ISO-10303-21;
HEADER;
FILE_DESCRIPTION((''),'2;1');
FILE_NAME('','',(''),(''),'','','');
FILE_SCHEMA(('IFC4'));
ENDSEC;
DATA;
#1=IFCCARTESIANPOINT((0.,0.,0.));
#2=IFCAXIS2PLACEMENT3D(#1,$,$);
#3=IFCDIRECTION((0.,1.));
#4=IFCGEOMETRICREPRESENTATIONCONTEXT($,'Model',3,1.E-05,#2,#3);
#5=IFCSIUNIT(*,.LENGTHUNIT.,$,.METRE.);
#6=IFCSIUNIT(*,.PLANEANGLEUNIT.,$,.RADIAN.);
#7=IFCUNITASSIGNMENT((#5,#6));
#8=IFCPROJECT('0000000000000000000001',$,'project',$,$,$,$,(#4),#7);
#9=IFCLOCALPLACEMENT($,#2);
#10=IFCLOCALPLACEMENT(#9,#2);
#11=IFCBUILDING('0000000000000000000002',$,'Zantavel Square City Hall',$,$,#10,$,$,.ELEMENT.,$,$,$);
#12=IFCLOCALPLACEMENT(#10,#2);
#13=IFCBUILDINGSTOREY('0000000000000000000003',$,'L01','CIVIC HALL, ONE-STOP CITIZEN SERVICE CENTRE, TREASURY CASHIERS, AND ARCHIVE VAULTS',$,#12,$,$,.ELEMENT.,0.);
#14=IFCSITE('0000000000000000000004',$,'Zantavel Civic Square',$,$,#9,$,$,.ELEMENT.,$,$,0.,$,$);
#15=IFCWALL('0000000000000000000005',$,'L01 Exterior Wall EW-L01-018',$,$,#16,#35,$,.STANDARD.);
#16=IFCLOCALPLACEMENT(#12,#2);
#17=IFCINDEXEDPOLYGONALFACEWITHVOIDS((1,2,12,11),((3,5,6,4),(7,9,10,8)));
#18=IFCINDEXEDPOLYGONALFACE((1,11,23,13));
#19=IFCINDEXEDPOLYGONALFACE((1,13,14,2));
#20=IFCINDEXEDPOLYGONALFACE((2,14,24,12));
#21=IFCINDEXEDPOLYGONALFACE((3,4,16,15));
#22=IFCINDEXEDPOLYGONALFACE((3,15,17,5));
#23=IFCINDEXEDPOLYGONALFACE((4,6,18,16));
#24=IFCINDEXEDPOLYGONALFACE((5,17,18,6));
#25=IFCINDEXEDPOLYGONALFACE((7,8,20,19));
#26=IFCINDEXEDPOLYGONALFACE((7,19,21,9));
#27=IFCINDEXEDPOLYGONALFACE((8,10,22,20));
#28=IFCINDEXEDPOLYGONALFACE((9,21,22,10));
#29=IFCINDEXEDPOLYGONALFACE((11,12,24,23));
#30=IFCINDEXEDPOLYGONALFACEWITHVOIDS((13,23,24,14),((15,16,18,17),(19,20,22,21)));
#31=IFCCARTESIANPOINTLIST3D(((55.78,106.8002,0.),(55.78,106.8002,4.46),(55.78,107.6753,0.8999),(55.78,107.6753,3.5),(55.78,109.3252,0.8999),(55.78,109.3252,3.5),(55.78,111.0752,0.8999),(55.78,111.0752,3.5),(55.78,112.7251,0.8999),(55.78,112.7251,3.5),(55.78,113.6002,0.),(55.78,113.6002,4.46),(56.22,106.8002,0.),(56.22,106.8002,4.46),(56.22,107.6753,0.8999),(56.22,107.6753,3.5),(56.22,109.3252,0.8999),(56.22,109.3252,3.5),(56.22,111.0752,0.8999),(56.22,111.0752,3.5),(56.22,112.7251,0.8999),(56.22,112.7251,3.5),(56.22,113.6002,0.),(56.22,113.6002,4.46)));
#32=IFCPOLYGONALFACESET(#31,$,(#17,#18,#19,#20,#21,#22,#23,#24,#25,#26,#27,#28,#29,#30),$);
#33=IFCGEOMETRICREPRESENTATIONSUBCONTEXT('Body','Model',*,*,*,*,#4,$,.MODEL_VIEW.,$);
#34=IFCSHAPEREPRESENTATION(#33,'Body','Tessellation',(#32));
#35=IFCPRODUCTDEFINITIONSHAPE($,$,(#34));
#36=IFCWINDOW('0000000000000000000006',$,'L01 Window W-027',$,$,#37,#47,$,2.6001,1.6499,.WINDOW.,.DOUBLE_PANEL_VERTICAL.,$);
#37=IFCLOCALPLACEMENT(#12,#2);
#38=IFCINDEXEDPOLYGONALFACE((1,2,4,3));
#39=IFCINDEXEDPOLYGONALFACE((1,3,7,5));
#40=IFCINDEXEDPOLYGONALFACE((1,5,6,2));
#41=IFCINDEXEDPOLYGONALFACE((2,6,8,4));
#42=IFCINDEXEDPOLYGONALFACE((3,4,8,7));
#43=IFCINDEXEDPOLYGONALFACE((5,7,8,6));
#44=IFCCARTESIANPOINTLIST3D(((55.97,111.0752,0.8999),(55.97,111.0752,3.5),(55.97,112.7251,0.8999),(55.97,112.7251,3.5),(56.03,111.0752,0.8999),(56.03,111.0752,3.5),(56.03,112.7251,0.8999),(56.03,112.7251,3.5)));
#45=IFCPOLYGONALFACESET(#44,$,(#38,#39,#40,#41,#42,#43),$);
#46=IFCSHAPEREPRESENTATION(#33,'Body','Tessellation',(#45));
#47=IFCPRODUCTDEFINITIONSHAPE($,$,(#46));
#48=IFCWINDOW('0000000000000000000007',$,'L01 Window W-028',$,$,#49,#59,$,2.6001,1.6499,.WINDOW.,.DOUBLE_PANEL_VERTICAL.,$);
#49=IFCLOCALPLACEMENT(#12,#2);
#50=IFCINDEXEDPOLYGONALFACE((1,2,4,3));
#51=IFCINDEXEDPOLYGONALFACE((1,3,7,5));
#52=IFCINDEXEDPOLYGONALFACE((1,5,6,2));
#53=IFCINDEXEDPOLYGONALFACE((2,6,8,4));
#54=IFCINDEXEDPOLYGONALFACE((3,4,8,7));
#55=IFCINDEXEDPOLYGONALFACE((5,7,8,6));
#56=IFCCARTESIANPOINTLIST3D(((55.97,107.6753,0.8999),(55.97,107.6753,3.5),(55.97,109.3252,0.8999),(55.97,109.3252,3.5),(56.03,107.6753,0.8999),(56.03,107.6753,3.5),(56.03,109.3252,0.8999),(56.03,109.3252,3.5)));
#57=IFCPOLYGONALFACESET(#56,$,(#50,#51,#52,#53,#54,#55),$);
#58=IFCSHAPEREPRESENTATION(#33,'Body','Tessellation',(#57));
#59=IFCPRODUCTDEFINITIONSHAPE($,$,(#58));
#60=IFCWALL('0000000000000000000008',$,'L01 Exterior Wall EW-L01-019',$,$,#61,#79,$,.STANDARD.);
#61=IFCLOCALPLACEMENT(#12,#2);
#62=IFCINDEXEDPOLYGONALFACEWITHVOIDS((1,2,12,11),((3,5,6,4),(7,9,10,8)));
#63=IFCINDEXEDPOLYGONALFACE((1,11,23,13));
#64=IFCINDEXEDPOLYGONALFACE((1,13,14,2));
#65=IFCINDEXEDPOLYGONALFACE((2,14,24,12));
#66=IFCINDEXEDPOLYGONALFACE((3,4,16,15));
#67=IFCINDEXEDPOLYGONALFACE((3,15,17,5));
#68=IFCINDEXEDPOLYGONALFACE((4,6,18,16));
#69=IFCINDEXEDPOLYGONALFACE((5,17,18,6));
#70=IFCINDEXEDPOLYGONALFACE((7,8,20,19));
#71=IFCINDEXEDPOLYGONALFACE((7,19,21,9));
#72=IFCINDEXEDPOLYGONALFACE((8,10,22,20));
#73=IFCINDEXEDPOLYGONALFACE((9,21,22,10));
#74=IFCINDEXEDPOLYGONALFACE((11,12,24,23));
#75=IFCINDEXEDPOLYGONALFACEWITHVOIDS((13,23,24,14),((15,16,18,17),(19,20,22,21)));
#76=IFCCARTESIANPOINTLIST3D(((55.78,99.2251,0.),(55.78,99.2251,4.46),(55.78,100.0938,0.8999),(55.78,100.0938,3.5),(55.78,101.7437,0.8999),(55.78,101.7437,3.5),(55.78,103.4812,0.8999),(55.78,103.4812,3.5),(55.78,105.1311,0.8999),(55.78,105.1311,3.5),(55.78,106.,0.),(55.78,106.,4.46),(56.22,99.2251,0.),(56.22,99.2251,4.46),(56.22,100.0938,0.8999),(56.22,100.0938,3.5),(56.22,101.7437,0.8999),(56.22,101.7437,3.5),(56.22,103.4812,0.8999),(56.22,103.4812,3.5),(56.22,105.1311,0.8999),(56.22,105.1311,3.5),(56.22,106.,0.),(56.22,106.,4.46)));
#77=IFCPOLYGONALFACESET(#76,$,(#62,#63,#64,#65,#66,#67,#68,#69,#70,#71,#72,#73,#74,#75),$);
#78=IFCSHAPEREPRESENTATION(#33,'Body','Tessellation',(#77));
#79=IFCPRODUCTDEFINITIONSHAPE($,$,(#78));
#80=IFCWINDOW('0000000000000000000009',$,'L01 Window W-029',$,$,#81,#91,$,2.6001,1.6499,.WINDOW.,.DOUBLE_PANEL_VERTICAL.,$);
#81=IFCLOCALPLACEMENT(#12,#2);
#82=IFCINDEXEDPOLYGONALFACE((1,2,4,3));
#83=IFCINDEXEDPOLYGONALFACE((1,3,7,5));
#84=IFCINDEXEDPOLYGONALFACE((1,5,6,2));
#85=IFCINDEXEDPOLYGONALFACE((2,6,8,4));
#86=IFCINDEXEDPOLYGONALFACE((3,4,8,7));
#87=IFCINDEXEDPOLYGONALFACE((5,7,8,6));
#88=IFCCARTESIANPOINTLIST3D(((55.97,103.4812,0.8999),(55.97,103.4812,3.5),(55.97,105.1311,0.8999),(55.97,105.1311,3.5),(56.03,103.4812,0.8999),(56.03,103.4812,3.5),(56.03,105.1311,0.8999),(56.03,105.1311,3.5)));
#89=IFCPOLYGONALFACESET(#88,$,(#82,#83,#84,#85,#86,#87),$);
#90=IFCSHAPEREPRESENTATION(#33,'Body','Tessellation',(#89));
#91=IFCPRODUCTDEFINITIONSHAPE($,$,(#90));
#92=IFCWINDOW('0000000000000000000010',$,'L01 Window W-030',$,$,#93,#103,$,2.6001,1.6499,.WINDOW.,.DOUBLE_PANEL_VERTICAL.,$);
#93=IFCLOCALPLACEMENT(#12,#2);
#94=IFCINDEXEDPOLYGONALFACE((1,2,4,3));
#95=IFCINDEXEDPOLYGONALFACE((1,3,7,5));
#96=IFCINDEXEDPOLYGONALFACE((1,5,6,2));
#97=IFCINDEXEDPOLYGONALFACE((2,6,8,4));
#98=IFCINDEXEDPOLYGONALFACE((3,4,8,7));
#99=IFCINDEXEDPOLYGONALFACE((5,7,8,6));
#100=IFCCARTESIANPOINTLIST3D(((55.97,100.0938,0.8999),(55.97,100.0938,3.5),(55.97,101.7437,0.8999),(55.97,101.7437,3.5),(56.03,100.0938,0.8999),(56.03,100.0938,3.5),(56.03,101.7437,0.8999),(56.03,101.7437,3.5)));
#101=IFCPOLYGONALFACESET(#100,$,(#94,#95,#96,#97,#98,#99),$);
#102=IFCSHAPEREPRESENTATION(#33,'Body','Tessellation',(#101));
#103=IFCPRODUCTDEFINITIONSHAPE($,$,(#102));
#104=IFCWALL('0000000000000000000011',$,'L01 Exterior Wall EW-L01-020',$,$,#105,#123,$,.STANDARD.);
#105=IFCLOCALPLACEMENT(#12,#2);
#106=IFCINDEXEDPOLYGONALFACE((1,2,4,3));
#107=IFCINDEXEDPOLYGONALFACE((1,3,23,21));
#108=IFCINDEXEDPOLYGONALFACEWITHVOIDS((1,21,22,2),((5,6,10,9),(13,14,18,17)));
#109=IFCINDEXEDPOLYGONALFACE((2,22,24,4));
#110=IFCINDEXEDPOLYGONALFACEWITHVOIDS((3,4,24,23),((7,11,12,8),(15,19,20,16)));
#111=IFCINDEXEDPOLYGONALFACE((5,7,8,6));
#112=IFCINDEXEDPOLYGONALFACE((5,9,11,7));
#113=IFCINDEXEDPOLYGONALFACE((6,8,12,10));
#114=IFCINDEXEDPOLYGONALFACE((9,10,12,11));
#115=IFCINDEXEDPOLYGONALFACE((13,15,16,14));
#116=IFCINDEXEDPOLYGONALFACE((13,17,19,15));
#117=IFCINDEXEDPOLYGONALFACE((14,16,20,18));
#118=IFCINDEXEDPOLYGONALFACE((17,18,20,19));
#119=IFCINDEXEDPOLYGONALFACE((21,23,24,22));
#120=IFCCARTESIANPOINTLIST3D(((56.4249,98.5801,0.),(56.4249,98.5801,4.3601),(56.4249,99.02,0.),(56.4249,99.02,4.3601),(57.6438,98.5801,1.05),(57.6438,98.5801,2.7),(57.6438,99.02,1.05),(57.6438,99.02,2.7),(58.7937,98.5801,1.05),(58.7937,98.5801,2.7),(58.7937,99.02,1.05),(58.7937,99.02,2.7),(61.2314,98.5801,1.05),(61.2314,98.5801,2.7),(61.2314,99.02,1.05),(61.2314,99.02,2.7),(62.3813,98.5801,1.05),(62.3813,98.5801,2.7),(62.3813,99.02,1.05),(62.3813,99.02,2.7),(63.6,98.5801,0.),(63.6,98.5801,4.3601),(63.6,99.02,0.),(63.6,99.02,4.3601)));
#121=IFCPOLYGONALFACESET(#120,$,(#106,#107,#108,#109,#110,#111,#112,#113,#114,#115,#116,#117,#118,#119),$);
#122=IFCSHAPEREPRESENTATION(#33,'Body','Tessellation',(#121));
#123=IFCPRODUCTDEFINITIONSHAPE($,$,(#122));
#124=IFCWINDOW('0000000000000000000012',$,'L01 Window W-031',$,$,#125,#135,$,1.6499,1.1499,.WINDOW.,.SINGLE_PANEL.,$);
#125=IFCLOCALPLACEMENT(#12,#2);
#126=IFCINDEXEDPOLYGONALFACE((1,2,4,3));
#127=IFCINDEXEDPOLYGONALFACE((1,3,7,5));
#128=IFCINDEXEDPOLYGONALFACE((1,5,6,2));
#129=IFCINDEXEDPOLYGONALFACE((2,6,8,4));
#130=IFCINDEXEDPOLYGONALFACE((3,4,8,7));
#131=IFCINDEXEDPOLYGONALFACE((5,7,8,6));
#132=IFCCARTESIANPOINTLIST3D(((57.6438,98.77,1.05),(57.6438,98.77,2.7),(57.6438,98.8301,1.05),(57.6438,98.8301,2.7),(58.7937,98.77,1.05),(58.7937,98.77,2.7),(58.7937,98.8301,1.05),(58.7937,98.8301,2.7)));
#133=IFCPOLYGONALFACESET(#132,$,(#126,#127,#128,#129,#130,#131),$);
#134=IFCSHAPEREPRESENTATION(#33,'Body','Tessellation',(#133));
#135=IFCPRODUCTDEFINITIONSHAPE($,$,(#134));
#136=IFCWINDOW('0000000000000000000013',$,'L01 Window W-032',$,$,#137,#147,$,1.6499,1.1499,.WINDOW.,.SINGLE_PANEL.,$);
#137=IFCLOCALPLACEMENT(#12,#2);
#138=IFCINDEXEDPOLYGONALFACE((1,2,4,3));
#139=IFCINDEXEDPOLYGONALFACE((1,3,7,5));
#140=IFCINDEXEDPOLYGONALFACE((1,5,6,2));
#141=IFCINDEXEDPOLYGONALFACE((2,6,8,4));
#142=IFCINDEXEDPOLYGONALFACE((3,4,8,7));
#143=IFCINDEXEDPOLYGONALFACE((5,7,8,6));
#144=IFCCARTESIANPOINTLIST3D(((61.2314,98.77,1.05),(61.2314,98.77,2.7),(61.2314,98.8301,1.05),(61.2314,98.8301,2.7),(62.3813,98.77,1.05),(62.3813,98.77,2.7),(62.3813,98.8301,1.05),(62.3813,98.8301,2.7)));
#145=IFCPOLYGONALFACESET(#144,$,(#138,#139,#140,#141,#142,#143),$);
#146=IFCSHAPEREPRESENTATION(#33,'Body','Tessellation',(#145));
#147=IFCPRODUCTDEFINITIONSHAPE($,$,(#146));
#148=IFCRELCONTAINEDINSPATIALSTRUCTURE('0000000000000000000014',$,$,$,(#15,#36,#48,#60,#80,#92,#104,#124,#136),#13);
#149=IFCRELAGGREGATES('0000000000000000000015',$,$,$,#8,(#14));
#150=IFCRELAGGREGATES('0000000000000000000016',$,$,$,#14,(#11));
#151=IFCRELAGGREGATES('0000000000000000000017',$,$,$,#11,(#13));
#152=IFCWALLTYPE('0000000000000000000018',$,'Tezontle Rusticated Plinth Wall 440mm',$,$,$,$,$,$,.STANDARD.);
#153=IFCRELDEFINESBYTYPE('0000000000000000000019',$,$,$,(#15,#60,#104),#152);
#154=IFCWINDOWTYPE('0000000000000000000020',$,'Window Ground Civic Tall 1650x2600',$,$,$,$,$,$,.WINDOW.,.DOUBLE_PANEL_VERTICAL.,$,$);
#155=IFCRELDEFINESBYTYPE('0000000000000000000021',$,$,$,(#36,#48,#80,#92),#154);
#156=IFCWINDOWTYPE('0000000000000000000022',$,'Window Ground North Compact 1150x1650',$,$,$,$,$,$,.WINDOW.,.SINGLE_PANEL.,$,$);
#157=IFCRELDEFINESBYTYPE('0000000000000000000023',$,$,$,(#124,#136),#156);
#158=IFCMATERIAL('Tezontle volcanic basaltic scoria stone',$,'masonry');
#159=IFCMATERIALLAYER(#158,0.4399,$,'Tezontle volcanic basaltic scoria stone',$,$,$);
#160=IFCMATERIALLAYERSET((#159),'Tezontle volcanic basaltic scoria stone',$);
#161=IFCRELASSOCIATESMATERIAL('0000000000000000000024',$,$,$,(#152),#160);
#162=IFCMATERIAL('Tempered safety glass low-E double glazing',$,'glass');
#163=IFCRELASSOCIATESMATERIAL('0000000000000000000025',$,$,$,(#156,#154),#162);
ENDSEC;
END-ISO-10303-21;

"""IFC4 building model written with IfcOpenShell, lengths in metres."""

from ifc_helpers import new_model, si_unit, direction, frame, frame_2d, origin, place, context, subcontext, project, spatial, rectangle, extrude, material, layer, layer_set, type_object, element, fill, save


model = new_model("IFC4")

# Units and contexts
model_context = context("Model", 3, precision=1e-05, world=origin(), true_north=direction((0.0, 1.0)))
body_context = subcontext(model_context, "Body", "Model", "MODEL_VIEW")
ifc_project = project(units=[si_unit("LENGTHUNIT", "METRE"), si_unit("PLANEANGLEUNIT", "RADIAN")], contexts=[model_context])

# Site, building, storey
site_placement = place(None, origin())
site = spatial("IfcSite", under=ifc_project, at=site_placement, Name="Zantavel Civic Square", CompositionType="ELEMENT", RefElevation=0.0)
building_placement = place(site_placement, origin())
building = spatial("IfcBuilding", under=site, at=building_placement, Name="Zantavel Square City Hall", CompositionType="ELEMENT")
storey_placement = place(building_placement, origin())
storey = spatial("IfcBuildingStorey", under=building, at=storey_placement, Name="L01", Description="CIVIC HALL, ONE-STOP CITIZEN SERVICE CENTRE, TREASURY CASHIERS, AND ARCHIVE VAULTS", CompositionType="ELEMENT", Elevation=0.0)

# Shared definitions
ifc_material_1 = material(Name="Tezontle volcanic basaltic scoria stone", Category="masonry")
ifc_layer_1 = layer(ifc_material_1, 0.4399, Name="Tezontle volcanic basaltic scoria stone")
ifc_layer_set_1 = layer_set([ifc_layer_1], Name="Tezontle volcanic basaltic scoria stone")
wall_type_1 = type_object("IfcWallType", Name="Tezontle Rusticated Plinth Wall 440mm", PredefinedType="STANDARD", material=ifc_layer_set_1)
ifc_material_2 = material(Name="Tempered safety glass low-E double glazing", Category="glass")
window_type_1 = type_object("IfcWindowType", Name="Window Ground North Compact 1150x1650", PartitioningType="SINGLE_PANEL", PredefinedType="WINDOW", material=ifc_material_2)

# Walls, openings, windows
wall_1_placement = place(storey_placement, frame((56.0, 113.6001, 0.0), z_axis=(0.0, 0.0, 1.0), x_axis=(0.0, -1.0, 0.0)))
wall_1 = element("IfcWall", 1, at=wall_1_placement, inside=storey, type_object=wall_type_1, Name="L01 Exterior Wall EW-L01-018", PredefinedType="STANDARD", context=body_context, shape_type="SweptSolid", body=[
    extrude(rectangle(XDim=6.8, YDim=0.4399, at=frame_2d((3.3999, 0.0))), origin(), (0.0, 0.0, 1.0), 4.46),
])
opening_1_placement = place(wall_1_placement, frame((0.875, 0.0, 0.8999)))
opening_1 = element("IfcOpeningElement", 2, at=opening_1_placement, cuts=wall_1, PredefinedType="OPENING", context=body_context, shape_type="SweptSolid", body=[
    extrude(rectangle(XDim=1.6499, YDim=2.6001, at=frame_2d((0.825, 1.3))), frame((0.0, 0.23, 0.0), z_axis=(0.0, -1.0, 0.0), x_axis=(1.0, 0.0, 0.0)), (0.0, 0.0, 1.0), 0.46),
])
opening_2_placement = place(wall_1_placement, frame((4.2749, 0.0, 0.8999)))
opening_2 = element("IfcOpeningElement", 3, at=opening_2_placement, cuts=wall_1, PredefinedType="OPENING", context=body_context, shape_type="SweptSolid", body=[
    extrude(rectangle(XDim=1.6499, YDim=2.6001, at=frame_2d((0.825, 1.3))), frame((0.0, 0.23, 0.0), z_axis=(0.0, -1.0, 0.0), x_axis=(1.0, 0.0, 0.0)), (0.0, 0.0, 1.0), 0.46),
])
window_type_2 = type_object("IfcWindowType", Name="Window Ground Civic Tall 1650x2600", PartitioningType="DOUBLE_PANEL_VERTICAL", PredefinedType="WINDOW", material=ifc_material_2)
window_1_placement = place(opening_1_placement, origin())
window_1 = element("IfcWindow", 4, at=window_1_placement, inside=storey, type_object=window_type_2, Name="L01 Window W-027", OverallHeight=2.6001, OverallWidth=1.6499, PartitioningType="DOUBLE_PANEL_VERTICAL", PredefinedType="WINDOW", context=body_context, shape_type="SweptSolid", body=[
    extrude(rectangle(XDim=1.6499, YDim=2.6001, at=frame_2d((0.825, 1.3))), frame((0.0, 0.03, 0.0), z_axis=(0.0, -1.0, 0.0), x_axis=(1.0, 0.0, 0.0)), (0.0, 0.0, 1.0), 0.0601),
])
fill(opening_1, window_1)
window_2_placement = place(opening_2_placement, origin())
window_2 = element("IfcWindow", 5, at=window_2_placement, inside=storey, type_object=window_type_2, Name="L01 Window W-028", OverallHeight=2.6001, OverallWidth=1.6499, PartitioningType="DOUBLE_PANEL_VERTICAL", PredefinedType="WINDOW", context=body_context, shape_type="SweptSolid", body=[
    extrude(rectangle(XDim=1.6499, YDim=2.6001, at=frame_2d((0.825, 1.3))), frame((0.0, 0.03, 0.0), z_axis=(0.0, -1.0, 0.0), x_axis=(1.0, 0.0, 0.0)), (0.0, 0.0, 1.0), 0.0601),
])
fill(opening_2, window_2)
wall_2_placement = place(storey_placement, frame((56.0, 106.0, 0.0), z_axis=(0.0, 0.0, 1.0), x_axis=(0.0, -1.0, 0.0)))
wall_2 = element("IfcWall", 6, at=wall_2_placement, inside=storey, type_object=wall_type_1, Name="L01 Exterior Wall EW-L01-019", PredefinedType="STANDARD", context=body_context, shape_type="SweptSolid", body=[
    extrude(rectangle(XDim=6.7749, YDim=0.4399, at=frame_2d((3.3875, 0.0))), origin(), (0.0, 0.0, 1.0), 4.46),
])
opening_3_placement = place(wall_2_placement, frame((0.8689, 0.0, 0.8999)))
opening_3 = element("IfcOpeningElement", 7, at=opening_3_placement, cuts=wall_2, PredefinedType="OPENING", context=body_context, shape_type="SweptSolid", body=[
    extrude(rectangle(XDim=1.6499, YDim=2.6001, at=frame_2d((0.825, 1.3))), frame((0.0, 0.23, 0.0), z_axis=(0.0, -1.0, 0.0), x_axis=(1.0, 0.0, 0.0)), (0.0, 0.0, 1.0), 0.46),
])
opening_4_placement = place(wall_2_placement, frame((4.2563, 0.0, 0.8999)))
opening_4 = element("IfcOpeningElement", 8, at=opening_4_placement, cuts=wall_2, PredefinedType="OPENING", context=body_context, shape_type="SweptSolid", body=[
    extrude(rectangle(XDim=1.6499, YDim=2.6001, at=frame_2d((0.825, 1.3))), frame((0.0, 0.23, 0.0), z_axis=(0.0, -1.0, 0.0), x_axis=(1.0, 0.0, 0.0)), (0.0, 0.0, 1.0), 0.46),
])
window_3_placement = place(opening_3_placement, origin())
window_3 = element("IfcWindow", 9, at=window_3_placement, inside=storey, type_object=window_type_2, Name="L01 Window W-029", OverallHeight=2.6001, OverallWidth=1.6499, PartitioningType="DOUBLE_PANEL_VERTICAL", PredefinedType="WINDOW", context=body_context, shape_type="SweptSolid", body=[
    extrude(rectangle(XDim=1.6499, YDim=2.6001, at=frame_2d((0.825, 1.3))), frame((0.0, 0.03, 0.0), z_axis=(0.0, -1.0, 0.0), x_axis=(1.0, 0.0, 0.0)), (0.0, 0.0, 1.0), 0.0601),
])
fill(opening_3, window_3)
window_4_placement = place(opening_4_placement, origin())
window_4 = element("IfcWindow", 10, at=window_4_placement, inside=storey, type_object=window_type_2, Name="L01 Window W-030", OverallHeight=2.6001, OverallWidth=1.6499, PartitioningType="DOUBLE_PANEL_VERTICAL", PredefinedType="WINDOW", context=body_context, shape_type="SweptSolid", body=[
    extrude(rectangle(XDim=1.6499, YDim=2.6001, at=frame_2d((0.825, 1.3))), frame((0.0, 0.03, 0.0), z_axis=(0.0, -1.0, 0.0), x_axis=(1.0, 0.0, 0.0)), (0.0, 0.0, 1.0), 0.0601),
])
fill(opening_4, window_4)
wall_3_placement = place(storey_placement, frame((56.425, 98.8, 0.0), z_axis=(0.0, 0.0, 1.0), x_axis=(1.0, 0.0, 0.0)))
wall_3 = element("IfcWall", 11, at=wall_3_placement, inside=storey, type_object=wall_type_1, Name="L01 Exterior Wall EW-L01-020", PredefinedType="STANDARD", context=body_context, shape_type="SweptSolid", body=[
    extrude(rectangle(XDim=7.175, YDim=0.4399, at=frame_2d((3.5874, 0.0))), origin(), (0.0, 0.0, 1.0), 4.3601),
])
opening_5_placement = place(wall_3_placement, frame((1.2188, 0.0, 1.05)))
opening_5 = element("IfcOpeningElement", 12, at=opening_5_placement, cuts=wall_3, PredefinedType="OPENING", context=body_context, shape_type="SweptSolid", body=[
    extrude(rectangle(XDim=1.1499, YDim=1.6499, at=frame_2d((0.575, 0.825))), frame((0.0, 0.23, 0.0), z_axis=(0.0, -1.0, 0.0), x_axis=(1.0, 0.0, 0.0)), (0.0, 0.0, 1.0), 0.46),
])
opening_6_placement = place(wall_3_placement, frame((4.8064, 0.0, 1.05)))
opening_6 = element("IfcOpeningElement", 13, at=opening_6_placement, cuts=wall_3, PredefinedType="OPENING", context=body_context, shape_type="SweptSolid", body=[
    extrude(rectangle(XDim=1.1499, YDim=1.6499, at=frame_2d((0.575, 0.825))), frame((0.0, 0.23, 0.0), z_axis=(0.0, -1.0, 0.0), x_axis=(1.0, 0.0, 0.0)), (0.0, 0.0, 1.0), 0.46),
])
window_5_placement = place(opening_5_placement, origin())
window_5 = element("IfcWindow", 14, at=window_5_placement, inside=storey, type_object=window_type_1, Name="L01 Window W-031", OverallHeight=1.6499, OverallWidth=1.1499, PartitioningType="SINGLE_PANEL", PredefinedType="WINDOW", context=body_context, shape_type="SweptSolid", body=[
    extrude(rectangle(XDim=1.1499, YDim=1.6499, at=frame_2d((0.575, 0.825))), frame((0.0, 0.03, 0.0), z_axis=(0.0, -1.0, 0.0), x_axis=(1.0, 0.0, 0.0)), (0.0, 0.0, 1.0), 0.0601),
])
fill(opening_5, window_5)
window_6_placement = place(opening_6_placement, origin())
window_6 = element("IfcWindow", 15, at=window_6_placement, inside=storey, type_object=window_type_1, Name="L01 Window W-032", OverallHeight=1.6499, OverallWidth=1.1499, PartitioningType="SINGLE_PANEL", PredefinedType="WINDOW", context=body_context, shape_type="SweptSolid", body=[
    extrude(rectangle(XDim=1.1499, YDim=1.6499, at=frame_2d((0.575, 0.825))), frame((0.0, 0.03, 0.0), z_axis=(0.0, -1.0, 0.0), x_axis=(1.0, 0.0, 0.0)), (0.0, 0.0, 1.0), 0.0601),
])
fill(opening_6, window_6)

save(model, "model.ifc")
